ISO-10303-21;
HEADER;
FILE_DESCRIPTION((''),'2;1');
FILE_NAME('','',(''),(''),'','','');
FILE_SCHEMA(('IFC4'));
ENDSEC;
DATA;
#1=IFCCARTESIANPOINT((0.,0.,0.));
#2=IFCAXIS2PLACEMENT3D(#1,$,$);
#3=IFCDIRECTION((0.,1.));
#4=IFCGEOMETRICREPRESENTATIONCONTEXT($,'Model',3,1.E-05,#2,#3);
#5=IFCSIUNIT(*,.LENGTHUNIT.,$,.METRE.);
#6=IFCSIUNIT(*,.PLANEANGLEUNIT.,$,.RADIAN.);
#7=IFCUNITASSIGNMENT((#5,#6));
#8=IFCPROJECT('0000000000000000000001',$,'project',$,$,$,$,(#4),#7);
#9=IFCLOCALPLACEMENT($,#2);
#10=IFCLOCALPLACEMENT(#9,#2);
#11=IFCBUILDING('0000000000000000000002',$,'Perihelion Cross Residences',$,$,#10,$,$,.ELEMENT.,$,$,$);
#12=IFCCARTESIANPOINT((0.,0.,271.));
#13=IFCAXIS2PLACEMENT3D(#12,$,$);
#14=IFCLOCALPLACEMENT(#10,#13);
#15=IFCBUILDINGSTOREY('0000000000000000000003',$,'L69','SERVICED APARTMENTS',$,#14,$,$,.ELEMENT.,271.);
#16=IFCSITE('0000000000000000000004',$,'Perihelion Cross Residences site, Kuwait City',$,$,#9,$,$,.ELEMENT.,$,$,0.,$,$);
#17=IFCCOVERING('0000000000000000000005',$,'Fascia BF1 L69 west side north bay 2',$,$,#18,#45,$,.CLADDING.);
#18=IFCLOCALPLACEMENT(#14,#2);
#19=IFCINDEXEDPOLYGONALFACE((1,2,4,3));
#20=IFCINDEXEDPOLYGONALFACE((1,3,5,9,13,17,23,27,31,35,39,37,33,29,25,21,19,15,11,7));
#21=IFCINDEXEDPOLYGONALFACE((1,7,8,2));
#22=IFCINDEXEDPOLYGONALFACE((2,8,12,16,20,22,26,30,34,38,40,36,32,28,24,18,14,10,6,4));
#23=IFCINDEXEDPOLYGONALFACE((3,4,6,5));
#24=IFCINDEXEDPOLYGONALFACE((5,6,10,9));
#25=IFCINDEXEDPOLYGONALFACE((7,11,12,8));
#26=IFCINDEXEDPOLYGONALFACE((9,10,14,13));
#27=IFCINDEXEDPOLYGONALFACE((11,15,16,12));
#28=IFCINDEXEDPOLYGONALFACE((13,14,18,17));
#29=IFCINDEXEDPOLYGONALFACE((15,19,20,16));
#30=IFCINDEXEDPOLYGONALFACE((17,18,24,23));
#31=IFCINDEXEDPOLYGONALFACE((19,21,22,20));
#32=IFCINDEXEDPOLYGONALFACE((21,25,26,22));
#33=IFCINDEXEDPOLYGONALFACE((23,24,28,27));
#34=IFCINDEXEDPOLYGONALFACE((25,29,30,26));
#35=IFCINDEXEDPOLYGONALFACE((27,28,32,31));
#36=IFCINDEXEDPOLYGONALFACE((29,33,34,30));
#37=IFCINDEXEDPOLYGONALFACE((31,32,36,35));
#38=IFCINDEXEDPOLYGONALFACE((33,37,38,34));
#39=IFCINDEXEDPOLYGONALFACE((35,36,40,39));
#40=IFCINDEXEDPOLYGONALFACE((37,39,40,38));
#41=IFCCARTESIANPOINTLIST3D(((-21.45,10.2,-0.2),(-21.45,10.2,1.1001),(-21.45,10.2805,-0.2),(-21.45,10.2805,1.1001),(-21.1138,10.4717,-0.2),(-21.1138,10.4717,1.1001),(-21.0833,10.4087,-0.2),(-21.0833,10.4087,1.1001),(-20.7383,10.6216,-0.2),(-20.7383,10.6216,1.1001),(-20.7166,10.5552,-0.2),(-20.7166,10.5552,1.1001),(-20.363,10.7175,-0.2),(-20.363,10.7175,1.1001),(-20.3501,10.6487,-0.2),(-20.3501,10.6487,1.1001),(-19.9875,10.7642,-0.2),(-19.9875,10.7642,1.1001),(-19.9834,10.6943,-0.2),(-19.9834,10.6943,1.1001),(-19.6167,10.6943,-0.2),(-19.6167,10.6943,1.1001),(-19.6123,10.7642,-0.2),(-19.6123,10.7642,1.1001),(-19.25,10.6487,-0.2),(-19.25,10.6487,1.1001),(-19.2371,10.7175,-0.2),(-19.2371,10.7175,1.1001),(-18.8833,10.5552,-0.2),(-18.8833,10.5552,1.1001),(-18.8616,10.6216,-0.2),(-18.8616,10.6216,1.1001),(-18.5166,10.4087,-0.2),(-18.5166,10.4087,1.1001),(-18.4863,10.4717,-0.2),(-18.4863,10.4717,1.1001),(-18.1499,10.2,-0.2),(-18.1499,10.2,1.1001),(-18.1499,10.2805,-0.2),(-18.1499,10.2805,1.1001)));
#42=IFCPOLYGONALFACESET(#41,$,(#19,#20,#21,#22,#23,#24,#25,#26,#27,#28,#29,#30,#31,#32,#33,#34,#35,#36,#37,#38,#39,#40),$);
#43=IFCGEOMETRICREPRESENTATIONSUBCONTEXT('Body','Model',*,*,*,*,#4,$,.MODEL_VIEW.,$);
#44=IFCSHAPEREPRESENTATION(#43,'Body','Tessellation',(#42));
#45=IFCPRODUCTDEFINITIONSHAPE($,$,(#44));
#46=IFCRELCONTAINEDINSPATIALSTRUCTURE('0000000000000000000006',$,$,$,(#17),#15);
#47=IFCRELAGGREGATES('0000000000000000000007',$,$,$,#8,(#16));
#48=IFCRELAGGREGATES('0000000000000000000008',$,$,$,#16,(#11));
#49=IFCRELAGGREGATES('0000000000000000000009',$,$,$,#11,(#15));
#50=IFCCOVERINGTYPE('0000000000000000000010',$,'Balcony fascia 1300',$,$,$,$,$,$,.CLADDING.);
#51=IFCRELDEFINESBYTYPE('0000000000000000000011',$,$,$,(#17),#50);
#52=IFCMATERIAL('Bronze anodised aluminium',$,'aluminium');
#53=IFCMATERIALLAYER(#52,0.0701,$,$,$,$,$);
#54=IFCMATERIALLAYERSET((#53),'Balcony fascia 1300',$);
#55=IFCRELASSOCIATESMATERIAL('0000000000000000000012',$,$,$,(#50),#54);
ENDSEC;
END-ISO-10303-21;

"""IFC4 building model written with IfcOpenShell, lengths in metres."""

from ifc_helpers import new_model, si_unit, direction, frame, origin, place, context, subcontext, project, spatial, polyline, outline, extrude, material, layer, layer_set, type_object, element, save


model = new_model("IFC4")

# Units and contexts
model_context = context("Model", 3, precision=1e-05, world=origin(), true_north=direction((0.0, 1.0)))
body_context = subcontext(model_context, "Body", "Model", "MODEL_VIEW")
ifc_project = project(units=[si_unit("LENGTHUNIT", "METRE"), si_unit("PLANEANGLEUNIT", "RADIAN")], contexts=[model_context])

# Site, building, storey
site_placement = place(None, origin())
site = spatial("IfcSite", under=ifc_project, at=site_placement, Name="Perihelion Cross Residences site, Kuwait City", CompositionType="ELEMENT", RefElevation=0.0)
building_placement = place(site_placement, origin())
building = spatial("IfcBuilding", under=site, at=building_placement, Name="Perihelion Cross Residences", CompositionType="ELEMENT")
storey_placement = place(building_placement, frame((0.0, 0.0, 271.0)))
storey = spatial("IfcBuildingStorey", under=building, at=storey_placement, Name="L69", Description="SERVICED APARTMENTS", CompositionType="ELEMENT", Elevation=271.0)

# Covering
ifc_material_1 = material(Name="Bronze anodised aluminium", Category="aluminium")
ifc_layer_1 = layer(ifc_material_1, 0.0701)
ifc_layer_set_1 = layer_set([ifc_layer_1], Name="Balcony fascia 1300")
covering_type = type_object("IfcCoveringType", Name="Balcony fascia 1300", PredefinedType="CLADDING", material=ifc_layer_set_1)
covering_1_placement = place(storey_placement, frame((0.0, 0.0, -0.2)))
element("IfcCovering", 1, at=covering_1_placement, inside=storey, type_object=covering_type, Name="Fascia BF1 L69 west side north bay 2", PredefinedType="CLADDING", context=body_context, shape_type="SweptSolid", body=[
    extrude(outline(polyline([(-18.4863, 10.4717), (-18.8616, 10.6216), (-19.2371, 10.7175), (-19.6123, 10.7642), (-19.9875, 10.7642), (-20.363, 10.7175), (-20.7383, 10.6216), (-21.1138, 10.4717), (-21.45, 10.2805), (-21.45, 10.2), (-21.0833, 10.4087), (-20.7166, 10.5552), (-20.3501, 10.6487), (-19.9834, 10.6943), (-19.6167, 10.6943), (-19.25, 10.6487), (-18.8833, 10.5552), (-18.5166, 10.4087), (-18.1499, 10.2), (-18.1499, 10.2805), (-18.4863, 10.4717)])), origin(), (0.0, 0.0, 1.0), 1.3),
])

save(model, "model.ifc")
